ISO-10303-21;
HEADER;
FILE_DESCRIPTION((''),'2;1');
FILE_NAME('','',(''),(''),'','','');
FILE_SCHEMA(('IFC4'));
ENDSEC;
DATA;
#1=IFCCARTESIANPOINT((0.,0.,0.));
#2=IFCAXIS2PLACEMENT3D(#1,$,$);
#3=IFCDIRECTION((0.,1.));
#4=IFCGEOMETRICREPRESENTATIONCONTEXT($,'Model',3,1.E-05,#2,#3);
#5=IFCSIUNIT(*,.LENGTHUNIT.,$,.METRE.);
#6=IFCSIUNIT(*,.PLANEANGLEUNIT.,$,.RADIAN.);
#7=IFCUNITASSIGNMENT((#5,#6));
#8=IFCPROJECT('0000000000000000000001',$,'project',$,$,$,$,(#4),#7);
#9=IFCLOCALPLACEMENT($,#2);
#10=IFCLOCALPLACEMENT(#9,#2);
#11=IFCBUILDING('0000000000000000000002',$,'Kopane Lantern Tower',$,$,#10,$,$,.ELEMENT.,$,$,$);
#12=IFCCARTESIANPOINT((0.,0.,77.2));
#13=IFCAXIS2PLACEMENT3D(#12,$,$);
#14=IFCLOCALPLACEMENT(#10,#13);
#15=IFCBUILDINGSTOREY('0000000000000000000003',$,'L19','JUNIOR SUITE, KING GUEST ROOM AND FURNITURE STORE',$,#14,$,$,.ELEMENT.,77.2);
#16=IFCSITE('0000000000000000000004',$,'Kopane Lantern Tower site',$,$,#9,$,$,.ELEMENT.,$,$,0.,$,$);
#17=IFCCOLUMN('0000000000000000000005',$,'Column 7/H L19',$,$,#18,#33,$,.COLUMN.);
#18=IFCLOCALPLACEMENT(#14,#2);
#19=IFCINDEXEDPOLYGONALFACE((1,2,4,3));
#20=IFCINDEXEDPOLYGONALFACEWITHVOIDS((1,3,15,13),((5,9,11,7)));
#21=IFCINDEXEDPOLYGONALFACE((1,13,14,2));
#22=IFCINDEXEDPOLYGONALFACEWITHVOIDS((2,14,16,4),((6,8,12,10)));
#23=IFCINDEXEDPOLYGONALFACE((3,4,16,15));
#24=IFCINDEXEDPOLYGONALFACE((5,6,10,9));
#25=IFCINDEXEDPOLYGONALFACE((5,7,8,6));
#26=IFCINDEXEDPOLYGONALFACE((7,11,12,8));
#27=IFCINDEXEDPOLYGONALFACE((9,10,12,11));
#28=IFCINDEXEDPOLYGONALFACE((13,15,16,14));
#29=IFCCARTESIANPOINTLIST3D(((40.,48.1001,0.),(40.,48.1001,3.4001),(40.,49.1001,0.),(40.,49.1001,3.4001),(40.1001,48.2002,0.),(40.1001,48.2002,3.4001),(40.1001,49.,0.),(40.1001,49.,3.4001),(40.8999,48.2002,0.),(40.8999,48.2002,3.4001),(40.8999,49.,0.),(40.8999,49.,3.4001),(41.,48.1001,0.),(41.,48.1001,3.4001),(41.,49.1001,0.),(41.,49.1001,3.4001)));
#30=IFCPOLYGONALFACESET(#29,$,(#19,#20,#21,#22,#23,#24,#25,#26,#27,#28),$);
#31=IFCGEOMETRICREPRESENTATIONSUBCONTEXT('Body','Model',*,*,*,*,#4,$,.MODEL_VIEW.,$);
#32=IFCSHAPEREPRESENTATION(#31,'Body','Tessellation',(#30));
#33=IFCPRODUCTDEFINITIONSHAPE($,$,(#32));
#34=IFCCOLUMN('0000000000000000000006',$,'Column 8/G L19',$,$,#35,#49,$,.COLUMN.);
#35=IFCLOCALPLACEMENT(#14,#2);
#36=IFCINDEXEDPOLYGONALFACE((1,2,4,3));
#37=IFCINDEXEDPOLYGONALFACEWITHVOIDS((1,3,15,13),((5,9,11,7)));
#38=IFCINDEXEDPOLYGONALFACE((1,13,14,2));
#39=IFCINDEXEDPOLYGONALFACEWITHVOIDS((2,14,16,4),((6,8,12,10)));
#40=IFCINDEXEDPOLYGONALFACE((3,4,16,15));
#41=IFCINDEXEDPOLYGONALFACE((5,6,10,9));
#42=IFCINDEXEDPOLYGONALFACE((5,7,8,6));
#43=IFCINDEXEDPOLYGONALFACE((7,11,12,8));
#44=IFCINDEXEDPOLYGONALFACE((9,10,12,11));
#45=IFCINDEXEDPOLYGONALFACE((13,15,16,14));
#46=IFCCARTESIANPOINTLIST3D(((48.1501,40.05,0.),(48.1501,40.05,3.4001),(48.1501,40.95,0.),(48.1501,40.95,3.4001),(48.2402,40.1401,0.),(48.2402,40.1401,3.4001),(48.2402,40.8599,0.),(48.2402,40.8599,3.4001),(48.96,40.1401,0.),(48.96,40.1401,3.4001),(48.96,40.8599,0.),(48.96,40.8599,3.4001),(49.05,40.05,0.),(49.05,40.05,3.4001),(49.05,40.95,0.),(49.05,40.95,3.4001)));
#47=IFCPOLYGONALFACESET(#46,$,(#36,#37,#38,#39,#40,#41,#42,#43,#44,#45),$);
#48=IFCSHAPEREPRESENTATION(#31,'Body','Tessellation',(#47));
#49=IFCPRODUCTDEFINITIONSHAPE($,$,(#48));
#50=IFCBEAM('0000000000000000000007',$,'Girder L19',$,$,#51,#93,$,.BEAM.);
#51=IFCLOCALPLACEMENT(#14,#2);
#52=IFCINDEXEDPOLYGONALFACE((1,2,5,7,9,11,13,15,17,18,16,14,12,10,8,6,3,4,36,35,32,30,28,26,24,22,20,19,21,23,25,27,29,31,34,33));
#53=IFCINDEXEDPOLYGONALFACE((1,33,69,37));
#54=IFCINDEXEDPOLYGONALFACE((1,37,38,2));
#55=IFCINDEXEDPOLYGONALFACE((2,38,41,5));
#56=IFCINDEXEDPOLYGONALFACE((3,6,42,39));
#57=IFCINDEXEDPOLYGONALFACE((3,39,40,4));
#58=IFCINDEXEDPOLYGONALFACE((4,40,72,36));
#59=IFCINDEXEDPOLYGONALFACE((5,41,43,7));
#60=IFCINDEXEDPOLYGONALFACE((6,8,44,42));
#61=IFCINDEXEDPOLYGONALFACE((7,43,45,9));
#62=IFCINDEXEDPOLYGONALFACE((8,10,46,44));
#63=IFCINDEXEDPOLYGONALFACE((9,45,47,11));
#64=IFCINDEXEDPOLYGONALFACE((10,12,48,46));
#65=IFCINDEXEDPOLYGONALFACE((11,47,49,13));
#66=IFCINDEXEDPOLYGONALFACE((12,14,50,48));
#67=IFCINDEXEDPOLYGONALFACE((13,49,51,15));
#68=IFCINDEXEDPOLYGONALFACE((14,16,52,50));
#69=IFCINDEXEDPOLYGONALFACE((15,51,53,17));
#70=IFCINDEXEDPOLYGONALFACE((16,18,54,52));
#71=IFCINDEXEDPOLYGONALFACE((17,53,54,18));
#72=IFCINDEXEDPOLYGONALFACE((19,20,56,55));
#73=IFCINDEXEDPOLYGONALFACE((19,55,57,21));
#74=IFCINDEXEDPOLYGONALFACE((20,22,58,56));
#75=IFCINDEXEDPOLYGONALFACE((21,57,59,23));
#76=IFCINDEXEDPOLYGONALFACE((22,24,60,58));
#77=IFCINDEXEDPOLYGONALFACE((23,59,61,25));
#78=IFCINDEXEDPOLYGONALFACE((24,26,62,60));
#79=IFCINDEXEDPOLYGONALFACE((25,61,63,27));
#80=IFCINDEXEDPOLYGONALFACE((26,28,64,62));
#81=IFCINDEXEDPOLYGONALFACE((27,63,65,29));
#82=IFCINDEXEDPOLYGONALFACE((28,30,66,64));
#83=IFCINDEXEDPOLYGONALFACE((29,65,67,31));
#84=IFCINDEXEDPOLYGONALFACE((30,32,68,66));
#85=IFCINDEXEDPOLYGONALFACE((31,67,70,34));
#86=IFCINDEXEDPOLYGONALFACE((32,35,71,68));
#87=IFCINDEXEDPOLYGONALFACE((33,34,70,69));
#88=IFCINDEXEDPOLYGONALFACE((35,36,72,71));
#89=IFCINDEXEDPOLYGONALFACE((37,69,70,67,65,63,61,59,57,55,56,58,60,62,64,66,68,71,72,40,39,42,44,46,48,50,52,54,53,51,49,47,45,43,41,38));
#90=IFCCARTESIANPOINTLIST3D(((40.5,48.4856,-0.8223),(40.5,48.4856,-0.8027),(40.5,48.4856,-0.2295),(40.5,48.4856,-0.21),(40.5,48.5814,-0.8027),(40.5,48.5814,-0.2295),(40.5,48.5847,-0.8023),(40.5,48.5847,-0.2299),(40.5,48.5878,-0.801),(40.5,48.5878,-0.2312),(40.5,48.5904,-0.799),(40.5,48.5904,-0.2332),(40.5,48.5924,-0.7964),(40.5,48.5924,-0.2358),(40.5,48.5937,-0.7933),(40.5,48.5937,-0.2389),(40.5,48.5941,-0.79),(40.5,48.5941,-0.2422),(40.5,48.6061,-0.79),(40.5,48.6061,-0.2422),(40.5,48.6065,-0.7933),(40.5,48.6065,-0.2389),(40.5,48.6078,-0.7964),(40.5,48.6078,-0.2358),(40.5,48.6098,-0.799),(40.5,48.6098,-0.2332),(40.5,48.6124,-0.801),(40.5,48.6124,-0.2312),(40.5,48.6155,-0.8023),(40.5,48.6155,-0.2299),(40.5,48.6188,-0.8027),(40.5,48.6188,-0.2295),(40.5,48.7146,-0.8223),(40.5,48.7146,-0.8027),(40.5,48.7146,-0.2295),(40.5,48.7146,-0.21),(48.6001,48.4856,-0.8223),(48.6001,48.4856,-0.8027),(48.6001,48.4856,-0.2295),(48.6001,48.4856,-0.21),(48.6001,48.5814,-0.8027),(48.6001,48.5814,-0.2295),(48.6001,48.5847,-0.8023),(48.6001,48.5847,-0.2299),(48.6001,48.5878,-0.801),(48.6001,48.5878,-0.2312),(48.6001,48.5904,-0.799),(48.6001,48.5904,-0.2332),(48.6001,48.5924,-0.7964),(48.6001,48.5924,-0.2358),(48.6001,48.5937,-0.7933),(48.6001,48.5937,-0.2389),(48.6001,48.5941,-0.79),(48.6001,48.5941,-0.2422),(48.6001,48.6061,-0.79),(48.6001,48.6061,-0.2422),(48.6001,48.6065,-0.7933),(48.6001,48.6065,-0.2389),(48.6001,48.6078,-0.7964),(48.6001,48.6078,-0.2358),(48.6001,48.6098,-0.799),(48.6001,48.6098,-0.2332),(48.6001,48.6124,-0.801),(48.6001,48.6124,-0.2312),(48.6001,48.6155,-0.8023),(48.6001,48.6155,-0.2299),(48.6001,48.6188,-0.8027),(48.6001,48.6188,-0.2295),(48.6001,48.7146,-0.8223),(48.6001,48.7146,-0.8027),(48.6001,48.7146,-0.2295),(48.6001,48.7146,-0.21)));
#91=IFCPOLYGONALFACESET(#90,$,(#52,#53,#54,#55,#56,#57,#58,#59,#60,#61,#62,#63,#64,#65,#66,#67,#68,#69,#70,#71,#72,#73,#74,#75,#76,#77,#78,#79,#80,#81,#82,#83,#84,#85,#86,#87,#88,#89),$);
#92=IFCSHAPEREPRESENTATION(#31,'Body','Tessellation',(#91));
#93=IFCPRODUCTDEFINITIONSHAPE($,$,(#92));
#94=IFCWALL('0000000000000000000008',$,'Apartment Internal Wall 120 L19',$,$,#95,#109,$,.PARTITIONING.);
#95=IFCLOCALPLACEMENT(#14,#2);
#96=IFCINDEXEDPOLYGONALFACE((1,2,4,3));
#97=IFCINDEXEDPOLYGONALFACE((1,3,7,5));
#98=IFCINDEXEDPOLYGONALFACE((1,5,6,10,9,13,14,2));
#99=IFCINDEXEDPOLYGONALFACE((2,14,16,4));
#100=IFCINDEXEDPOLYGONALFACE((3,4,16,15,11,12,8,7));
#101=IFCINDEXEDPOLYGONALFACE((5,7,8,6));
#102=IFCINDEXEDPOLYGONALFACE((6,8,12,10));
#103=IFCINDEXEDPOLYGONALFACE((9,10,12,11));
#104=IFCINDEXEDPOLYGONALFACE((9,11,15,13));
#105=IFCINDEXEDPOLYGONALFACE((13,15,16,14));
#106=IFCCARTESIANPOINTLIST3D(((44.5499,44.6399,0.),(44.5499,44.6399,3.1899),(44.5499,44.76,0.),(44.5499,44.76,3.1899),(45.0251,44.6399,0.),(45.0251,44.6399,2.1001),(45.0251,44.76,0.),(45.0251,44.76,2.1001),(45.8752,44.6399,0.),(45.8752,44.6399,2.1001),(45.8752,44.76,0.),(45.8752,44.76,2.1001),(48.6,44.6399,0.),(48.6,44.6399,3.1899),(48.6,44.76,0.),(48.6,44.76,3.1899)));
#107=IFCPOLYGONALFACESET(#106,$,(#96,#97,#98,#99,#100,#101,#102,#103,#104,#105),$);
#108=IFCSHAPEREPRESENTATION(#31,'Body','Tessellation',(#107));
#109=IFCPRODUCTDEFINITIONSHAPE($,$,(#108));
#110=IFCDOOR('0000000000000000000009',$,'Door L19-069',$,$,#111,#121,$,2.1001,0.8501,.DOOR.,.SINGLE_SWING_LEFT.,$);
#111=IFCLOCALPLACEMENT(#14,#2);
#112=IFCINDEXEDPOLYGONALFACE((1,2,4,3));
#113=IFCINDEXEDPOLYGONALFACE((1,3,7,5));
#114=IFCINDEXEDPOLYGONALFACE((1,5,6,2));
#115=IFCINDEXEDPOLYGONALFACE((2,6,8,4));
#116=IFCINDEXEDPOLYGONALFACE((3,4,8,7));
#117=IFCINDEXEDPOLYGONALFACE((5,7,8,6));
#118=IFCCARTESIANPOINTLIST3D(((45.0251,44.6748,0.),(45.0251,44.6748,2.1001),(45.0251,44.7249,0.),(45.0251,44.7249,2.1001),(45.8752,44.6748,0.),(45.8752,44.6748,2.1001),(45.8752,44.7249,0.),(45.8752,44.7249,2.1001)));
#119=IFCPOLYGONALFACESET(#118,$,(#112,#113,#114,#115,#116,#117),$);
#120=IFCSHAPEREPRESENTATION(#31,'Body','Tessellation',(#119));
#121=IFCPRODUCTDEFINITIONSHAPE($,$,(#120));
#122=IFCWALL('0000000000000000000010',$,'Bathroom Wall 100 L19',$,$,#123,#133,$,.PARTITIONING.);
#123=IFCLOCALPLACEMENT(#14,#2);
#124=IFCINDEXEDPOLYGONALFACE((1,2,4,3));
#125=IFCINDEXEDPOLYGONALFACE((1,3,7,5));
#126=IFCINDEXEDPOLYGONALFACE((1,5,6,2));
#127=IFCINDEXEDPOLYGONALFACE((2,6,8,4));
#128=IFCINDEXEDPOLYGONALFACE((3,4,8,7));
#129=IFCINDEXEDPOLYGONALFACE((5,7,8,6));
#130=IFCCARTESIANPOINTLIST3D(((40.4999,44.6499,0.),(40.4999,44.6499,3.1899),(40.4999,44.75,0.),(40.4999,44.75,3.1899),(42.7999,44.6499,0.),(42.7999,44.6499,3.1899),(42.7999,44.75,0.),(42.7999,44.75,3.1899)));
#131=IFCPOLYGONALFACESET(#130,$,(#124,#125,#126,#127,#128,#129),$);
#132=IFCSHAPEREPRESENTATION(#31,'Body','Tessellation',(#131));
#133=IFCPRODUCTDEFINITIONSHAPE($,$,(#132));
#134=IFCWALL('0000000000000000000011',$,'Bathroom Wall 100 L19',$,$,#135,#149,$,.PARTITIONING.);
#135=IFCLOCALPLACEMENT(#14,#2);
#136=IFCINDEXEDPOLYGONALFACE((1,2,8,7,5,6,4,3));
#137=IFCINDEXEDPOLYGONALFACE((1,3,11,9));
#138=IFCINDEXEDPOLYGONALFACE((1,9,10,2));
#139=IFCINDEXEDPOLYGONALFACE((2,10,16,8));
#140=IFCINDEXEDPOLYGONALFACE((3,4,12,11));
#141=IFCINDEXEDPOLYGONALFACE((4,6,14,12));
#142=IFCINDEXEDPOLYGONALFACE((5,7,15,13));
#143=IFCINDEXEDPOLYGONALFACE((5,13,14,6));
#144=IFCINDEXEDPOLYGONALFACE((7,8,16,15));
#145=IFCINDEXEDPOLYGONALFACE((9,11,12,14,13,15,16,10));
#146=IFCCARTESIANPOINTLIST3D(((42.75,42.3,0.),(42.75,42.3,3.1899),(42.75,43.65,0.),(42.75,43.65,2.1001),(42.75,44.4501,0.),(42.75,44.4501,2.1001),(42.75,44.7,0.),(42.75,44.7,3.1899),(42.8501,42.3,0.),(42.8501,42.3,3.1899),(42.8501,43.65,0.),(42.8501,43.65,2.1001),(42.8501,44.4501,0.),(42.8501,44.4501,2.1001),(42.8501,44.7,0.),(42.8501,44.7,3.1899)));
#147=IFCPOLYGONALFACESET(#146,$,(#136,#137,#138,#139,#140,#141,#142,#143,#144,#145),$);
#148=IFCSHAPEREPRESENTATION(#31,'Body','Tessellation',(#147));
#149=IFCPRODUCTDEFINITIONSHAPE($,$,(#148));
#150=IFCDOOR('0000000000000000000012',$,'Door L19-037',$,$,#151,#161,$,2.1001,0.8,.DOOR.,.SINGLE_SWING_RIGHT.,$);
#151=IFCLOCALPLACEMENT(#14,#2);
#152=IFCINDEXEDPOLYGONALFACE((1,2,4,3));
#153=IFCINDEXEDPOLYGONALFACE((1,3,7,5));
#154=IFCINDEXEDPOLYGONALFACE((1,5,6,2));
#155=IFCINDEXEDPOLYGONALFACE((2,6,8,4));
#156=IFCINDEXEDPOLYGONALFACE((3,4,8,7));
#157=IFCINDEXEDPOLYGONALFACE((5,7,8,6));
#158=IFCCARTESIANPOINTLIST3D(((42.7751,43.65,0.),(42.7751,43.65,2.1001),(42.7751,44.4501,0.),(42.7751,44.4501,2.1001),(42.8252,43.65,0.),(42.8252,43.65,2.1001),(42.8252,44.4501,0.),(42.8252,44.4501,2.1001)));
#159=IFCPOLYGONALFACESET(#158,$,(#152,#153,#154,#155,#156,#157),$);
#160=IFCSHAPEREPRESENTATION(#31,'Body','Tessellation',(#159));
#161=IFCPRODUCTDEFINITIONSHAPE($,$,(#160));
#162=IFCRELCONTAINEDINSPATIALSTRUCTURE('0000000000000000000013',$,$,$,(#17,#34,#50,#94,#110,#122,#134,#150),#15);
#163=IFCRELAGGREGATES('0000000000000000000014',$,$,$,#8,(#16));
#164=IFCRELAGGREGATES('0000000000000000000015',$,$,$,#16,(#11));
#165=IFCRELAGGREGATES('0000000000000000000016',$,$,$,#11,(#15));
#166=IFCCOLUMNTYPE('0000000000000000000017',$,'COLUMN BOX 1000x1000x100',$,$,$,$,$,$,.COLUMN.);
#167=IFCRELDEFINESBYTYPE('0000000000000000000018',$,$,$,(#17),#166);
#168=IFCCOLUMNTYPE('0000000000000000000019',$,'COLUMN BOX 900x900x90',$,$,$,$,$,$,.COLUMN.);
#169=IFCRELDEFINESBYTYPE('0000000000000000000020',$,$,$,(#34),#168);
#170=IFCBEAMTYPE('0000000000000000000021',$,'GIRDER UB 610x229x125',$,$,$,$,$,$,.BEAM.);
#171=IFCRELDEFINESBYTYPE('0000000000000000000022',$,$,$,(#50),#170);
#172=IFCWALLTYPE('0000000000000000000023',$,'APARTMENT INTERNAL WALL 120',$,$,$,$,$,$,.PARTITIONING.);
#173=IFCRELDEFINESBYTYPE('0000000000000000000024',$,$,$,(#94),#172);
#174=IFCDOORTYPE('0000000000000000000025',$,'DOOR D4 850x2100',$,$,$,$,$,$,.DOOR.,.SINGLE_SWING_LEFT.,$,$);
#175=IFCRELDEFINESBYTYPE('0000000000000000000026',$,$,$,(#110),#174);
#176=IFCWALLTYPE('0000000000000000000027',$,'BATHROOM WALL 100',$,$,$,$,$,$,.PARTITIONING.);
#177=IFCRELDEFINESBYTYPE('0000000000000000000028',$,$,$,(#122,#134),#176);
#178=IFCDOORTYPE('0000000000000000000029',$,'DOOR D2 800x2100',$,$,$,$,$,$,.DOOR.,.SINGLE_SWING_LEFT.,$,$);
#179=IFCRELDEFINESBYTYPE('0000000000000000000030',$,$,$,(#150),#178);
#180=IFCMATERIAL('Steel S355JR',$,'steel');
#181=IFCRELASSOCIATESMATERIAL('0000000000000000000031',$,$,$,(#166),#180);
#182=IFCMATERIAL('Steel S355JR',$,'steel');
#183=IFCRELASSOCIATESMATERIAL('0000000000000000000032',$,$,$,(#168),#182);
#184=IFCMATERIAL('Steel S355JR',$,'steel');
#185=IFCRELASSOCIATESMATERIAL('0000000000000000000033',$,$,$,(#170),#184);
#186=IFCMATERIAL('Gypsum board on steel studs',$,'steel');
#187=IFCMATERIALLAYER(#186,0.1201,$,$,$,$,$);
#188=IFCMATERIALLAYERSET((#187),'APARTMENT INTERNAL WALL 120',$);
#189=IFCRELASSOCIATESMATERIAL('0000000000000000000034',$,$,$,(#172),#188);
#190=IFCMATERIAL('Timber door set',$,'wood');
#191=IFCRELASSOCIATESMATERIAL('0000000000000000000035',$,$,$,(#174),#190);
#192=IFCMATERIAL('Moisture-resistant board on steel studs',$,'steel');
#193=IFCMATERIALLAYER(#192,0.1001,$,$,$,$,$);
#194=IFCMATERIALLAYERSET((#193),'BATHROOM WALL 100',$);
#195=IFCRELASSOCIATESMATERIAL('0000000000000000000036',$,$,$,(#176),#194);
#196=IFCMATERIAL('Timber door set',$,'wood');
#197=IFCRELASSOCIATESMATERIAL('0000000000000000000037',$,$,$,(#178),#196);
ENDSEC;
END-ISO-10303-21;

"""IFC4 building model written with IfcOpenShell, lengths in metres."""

from ifc_helpers import new_model, si_unit, direction, frame, frame_2d, origin, origin_2d, place, context, subcontext, project, spatial, rectangle, hollow_rectangle, i_section, extrude, material, layer, layer_set, material_profile, profile_set, type_object, element, fill, save


model = new_model("IFC4")

# Units and contexts
model_context = context("Model", 3, precision=1e-05, world=origin(), true_north=direction((0.0, 1.0)))
body_context = subcontext(model_context, "Body", "Model", "MODEL_VIEW")
ifc_project = project(units=[si_unit("LENGTHUNIT", "METRE"), si_unit("PLANEANGLEUNIT", "RADIAN")], contexts=[model_context])

# Site, building, storey
site_placement = place(None, origin())
site = spatial("IfcSite", under=ifc_project, at=site_placement, Name="Kopane Lantern Tower site", CompositionType="ELEMENT", RefElevation=0.0)
building_placement = place(site_placement, origin())
building = spatial("IfcBuilding", under=site, at=building_placement, Name="Kopane Lantern Tower", CompositionType="ELEMENT")
storey_placement = place(building_placement, frame((0.0, 0.0, 77.2)))
storey = spatial("IfcBuildingStorey", under=building, at=storey_placement, Name="L19", Description="JUNIOR SUITE, KING GUEST ROOM AND FURNITURE STORE", CompositionType="ELEMENT", Elevation=77.2)

# Columns
ifc_material_1 = material(Name="Steel S355JR", Category="steel")
ifc_material_profile_1 = material_profile(ifc_material_1, hollow_rectangle(XDim=1.0, YDim=1.0, WallThickness=0.1001, at=origin_2d()), Name="BOX 1000x1000x100")
ifc_profile_set_1 = profile_set([ifc_material_profile_1], Name="Steel S355JR")
column_type_1 = type_object("IfcColumnType", Name="COLUMN BOX 1000x1000x100", PredefinedType="COLUMN", material=ifc_profile_set_1)
column_1_placement = place(storey_placement, frame((40.5, 48.6001, 0.0), z_axis=(0.0, 0.0, 1.0), x_axis=(1.0, 0.0, 0.0)))
element("IfcColumn", 1, at=column_1_placement, inside=storey, type_object=column_type_1, Name="Column 7/H L19", PredefinedType="COLUMN", context=body_context, shape_type="SweptSolid", body=[
    extrude(hollow_rectangle(XDim=1.0, YDim=1.0, WallThickness=0.1001, at=origin_2d()), origin(), (0.0, 0.0, 1.0), 3.4001),
])
ifc_material_2 = material(Name="Steel S355JR", Category="steel")
ifc_material_profile_2 = material_profile(ifc_material_2, hollow_rectangle(XDim=0.8999, YDim=0.8999, WallThickness=0.0901, at=origin_2d()), Name="BOX 900x900x90")
ifc_profile_set_2 = profile_set([ifc_material_profile_2], Name="Steel S355JR")
column_type_2 = type_object("IfcColumnType", Name="COLUMN BOX 900x900x90", PredefinedType="COLUMN", material=ifc_profile_set_2)
column_2_placement = place(storey_placement, frame((48.6001, 40.5, 0.0), z_axis=(0.0, 0.0, 1.0), x_axis=(1.0, 0.0, 0.0)))
element("IfcColumn", 2, at=column_2_placement, inside=storey, type_object=column_type_2, Name="Column 8/G L19", PredefinedType="COLUMN", context=body_context, shape_type="SweptSolid", body=[
    extrude(hollow_rectangle(XDim=0.8999, YDim=0.8999, WallThickness=0.0901, at=origin_2d()), origin(), (0.0, 0.0, 1.0), 3.4001),
])

# Beam
ifc_material_3 = material(Name="Steel S355JR", Category="steel")
ifc_material_profile_3 = material_profile(ifc_material_3, i_section(OverallWidth=0.229, OverallDepth=0.6123, WebThickness=0.012, FlangeThickness=0.0195, FilletRadius=0.0127, at=origin_2d()), Name="UB 610x229x125")
ifc_profile_set_3 = profile_set([ifc_material_profile_3], Name="Steel S355JR")
beam_type = type_object("IfcBeamType", Name="GIRDER UB 610x229x125", PredefinedType="BEAM", material=ifc_profile_set_3)
beam_placement = place(storey_placement, frame((40.5, 48.6001, -0.5161), z_axis=(1.0, 0.0, 0.0), x_axis=(0.0, 1.0, 0.0)))
element("IfcBeam", 3, at=beam_placement, inside=storey, type_object=beam_type, Name="Girder L19", PredefinedType="BEAM", context=body_context, shape_type="SweptSolid", body=[
    extrude(i_section(OverallWidth=0.229, OverallDepth=0.6123, WebThickness=0.012, FlangeThickness=0.0195, FilletRadius=0.0127, at=origin_2d()), origin(), (0.0, 0.0, 1.0), 8.1001),
])

# Wall, opening, door
ifc_material_4 = material(Name="Gypsum board on steel studs", Category="steel")
ifc_layer_1 = layer(ifc_material_4, 0.1201)
ifc_layer_set_1 = layer_set([ifc_layer_1], Name="APARTMENT INTERNAL WALL 120")
wall_type_1 = type_object("IfcWallType", Name="APARTMENT INTERNAL WALL 120", PredefinedType="PARTITIONING", material=ifc_layer_set_1)
wall_1_placement = place(storey_placement, frame((44.55, 44.7, 0.0), z_axis=(0.0, 0.0, 1.0), x_axis=(1.0, 0.0, 0.0)))
wall_1 = element("IfcWall", 4, at=wall_1_placement, inside=storey, type_object=wall_type_1, Name="Apartment Internal Wall 120 L19", PredefinedType="PARTITIONING", context=body_context, shape_type="SweptSolid", body=[
    extrude(rectangle(XDim=4.05, YDim=0.1201, at=frame_2d((2.0249, 0.0))), origin(), (0.0, 0.0, 1.0), 3.1899),
])
opening_1_placement = place(wall_1_placement, frame((0.4751, 0.0, 0.0)))
opening_1 = element("IfcOpeningElement", 5, at=opening_1_placement, cuts=wall_1, PredefinedType="OPENING", context=body_context, shape_type="SweptSolid", body=[
    extrude(rectangle(XDim=0.8501, YDim=2.1001, at=frame_2d((0.425, 1.05))), frame((0.0, 0.0701, 0.0), z_axis=(0.0, -1.0, 0.0), x_axis=(1.0, 0.0, 0.0)), (0.0, 0.0, 1.0), 0.1401),
])
ifc_material_5 = material(Name="Timber door set", Category="wood")
door_type_1 = type_object("IfcDoorType", Name="DOOR D4 850x2100", OperationType="SINGLE_SWING_LEFT", PredefinedType="DOOR", material=ifc_material_5)
door_1_placement = place(opening_1_placement, origin())
door_1 = element("IfcDoor", 6, at=door_1_placement, inside=storey, type_object=door_type_1, Name="Door L19-069", OperationType="SINGLE_SWING_LEFT", OverallHeight=2.1001, OverallWidth=0.8501, PredefinedType="DOOR", context=body_context, shape_type="SweptSolid", body=[
    extrude(rectangle(XDim=0.8501, YDim=2.1001, at=frame_2d((0.425, 1.05))), frame((0.0, 0.0249, 0.0), z_axis=(0.0, -1.0, 0.0), x_axis=(1.0, 0.0, 0.0)), (0.0, 0.0, 1.0), 0.05),
])
fill(opening_1, door_1)

# Wall
ifc_material_6 = material(Name="Moisture-resistant board on steel studs", Category="steel")
ifc_layer_2 = layer(ifc_material_6, 0.1001)
ifc_layer_set_2 = layer_set([ifc_layer_2], Name="BATHROOM WALL 100")
wall_type_2 = type_object("IfcWallType", Name="BATHROOM WALL 100", PredefinedType="PARTITIONING", material=ifc_layer_set_2)
wall_2_placement = place(storey_placement, frame((40.5, 44.7, 0.0), z_axis=(0.0, 0.0, 1.0), x_axis=(1.0, 0.0, 0.0)))
element("IfcWall", 7, at=wall_2_placement, inside=storey, type_object=wall_type_2, Name="Bathroom Wall 100 L19", PredefinedType="PARTITIONING", context=body_context, shape_type="SweptSolid", body=[
    extrude(rectangle(XDim=2.3, YDim=0.1001, at=frame_2d((1.1499, 0.0))), origin(), (0.0, 0.0, 1.0), 3.1899),
])

# Wall, opening, door
wall_3_placement = place(storey_placement, frame((42.8, 42.3, 0.0), z_axis=(0.0, 0.0, 1.0), x_axis=(0.0, 1.0, 0.0)))
wall_3 = element("IfcWall", 8, at=wall_3_placement, inside=storey, type_object=wall_type_2, Name="Bathroom Wall 100 L19", PredefinedType="PARTITIONING", context=body_context, shape_type="SweptSolid", body=[
    extrude(rectangle(XDim=2.3999, YDim=0.1001, at=frame_2d((1.2, 0.0))), origin(), (0.0, 0.0, 1.0), 3.1899),
])
opening_2_placement = place(wall_3_placement, frame((1.3501, 0.0, 0.0)))
opening_2 = element("IfcOpeningElement", 9, at=opening_2_placement, cuts=wall_3, PredefinedType="OPENING", context=body_context, shape_type="SweptSolid", body=[
    extrude(rectangle(XDim=0.8, YDim=2.1001, at=frame_2d((0.3999, 1.05))), frame((0.0, 0.0601, 0.0), z_axis=(0.0, -1.0, 0.0), x_axis=(1.0, 0.0, 0.0)), (0.0, 0.0, 1.0), 0.1201),
])
ifc_material_7 = material(Name="Timber door set", Category="wood")
door_type_2 = type_object("IfcDoorType", Name="DOOR D2 800x2100", OperationType="SINGLE_SWING_LEFT", PredefinedType="DOOR", material=ifc_material_7)
door_2_placement = place(opening_2_placement, origin())
door_2 = element("IfcDoor", 10, at=door_2_placement, inside=storey, type_object=door_type_2, Name="Door L19-037", OperationType="SINGLE_SWING_RIGHT", OverallHeight=2.1001, OverallWidth=0.8, PredefinedType="DOOR", context=body_context, shape_type="SweptSolid", body=[
    extrude(rectangle(XDim=0.8, YDim=2.1001, at=frame_2d((0.3999, 1.05))), frame((0.0, 0.0249, 0.0), z_axis=(0.0, -1.0, 0.0), x_axis=(1.0, 0.0, 0.0)), (0.0, 0.0, 1.0), 0.05),
])
fill(opening_2, door_2)

save(model, "model.ifc")
